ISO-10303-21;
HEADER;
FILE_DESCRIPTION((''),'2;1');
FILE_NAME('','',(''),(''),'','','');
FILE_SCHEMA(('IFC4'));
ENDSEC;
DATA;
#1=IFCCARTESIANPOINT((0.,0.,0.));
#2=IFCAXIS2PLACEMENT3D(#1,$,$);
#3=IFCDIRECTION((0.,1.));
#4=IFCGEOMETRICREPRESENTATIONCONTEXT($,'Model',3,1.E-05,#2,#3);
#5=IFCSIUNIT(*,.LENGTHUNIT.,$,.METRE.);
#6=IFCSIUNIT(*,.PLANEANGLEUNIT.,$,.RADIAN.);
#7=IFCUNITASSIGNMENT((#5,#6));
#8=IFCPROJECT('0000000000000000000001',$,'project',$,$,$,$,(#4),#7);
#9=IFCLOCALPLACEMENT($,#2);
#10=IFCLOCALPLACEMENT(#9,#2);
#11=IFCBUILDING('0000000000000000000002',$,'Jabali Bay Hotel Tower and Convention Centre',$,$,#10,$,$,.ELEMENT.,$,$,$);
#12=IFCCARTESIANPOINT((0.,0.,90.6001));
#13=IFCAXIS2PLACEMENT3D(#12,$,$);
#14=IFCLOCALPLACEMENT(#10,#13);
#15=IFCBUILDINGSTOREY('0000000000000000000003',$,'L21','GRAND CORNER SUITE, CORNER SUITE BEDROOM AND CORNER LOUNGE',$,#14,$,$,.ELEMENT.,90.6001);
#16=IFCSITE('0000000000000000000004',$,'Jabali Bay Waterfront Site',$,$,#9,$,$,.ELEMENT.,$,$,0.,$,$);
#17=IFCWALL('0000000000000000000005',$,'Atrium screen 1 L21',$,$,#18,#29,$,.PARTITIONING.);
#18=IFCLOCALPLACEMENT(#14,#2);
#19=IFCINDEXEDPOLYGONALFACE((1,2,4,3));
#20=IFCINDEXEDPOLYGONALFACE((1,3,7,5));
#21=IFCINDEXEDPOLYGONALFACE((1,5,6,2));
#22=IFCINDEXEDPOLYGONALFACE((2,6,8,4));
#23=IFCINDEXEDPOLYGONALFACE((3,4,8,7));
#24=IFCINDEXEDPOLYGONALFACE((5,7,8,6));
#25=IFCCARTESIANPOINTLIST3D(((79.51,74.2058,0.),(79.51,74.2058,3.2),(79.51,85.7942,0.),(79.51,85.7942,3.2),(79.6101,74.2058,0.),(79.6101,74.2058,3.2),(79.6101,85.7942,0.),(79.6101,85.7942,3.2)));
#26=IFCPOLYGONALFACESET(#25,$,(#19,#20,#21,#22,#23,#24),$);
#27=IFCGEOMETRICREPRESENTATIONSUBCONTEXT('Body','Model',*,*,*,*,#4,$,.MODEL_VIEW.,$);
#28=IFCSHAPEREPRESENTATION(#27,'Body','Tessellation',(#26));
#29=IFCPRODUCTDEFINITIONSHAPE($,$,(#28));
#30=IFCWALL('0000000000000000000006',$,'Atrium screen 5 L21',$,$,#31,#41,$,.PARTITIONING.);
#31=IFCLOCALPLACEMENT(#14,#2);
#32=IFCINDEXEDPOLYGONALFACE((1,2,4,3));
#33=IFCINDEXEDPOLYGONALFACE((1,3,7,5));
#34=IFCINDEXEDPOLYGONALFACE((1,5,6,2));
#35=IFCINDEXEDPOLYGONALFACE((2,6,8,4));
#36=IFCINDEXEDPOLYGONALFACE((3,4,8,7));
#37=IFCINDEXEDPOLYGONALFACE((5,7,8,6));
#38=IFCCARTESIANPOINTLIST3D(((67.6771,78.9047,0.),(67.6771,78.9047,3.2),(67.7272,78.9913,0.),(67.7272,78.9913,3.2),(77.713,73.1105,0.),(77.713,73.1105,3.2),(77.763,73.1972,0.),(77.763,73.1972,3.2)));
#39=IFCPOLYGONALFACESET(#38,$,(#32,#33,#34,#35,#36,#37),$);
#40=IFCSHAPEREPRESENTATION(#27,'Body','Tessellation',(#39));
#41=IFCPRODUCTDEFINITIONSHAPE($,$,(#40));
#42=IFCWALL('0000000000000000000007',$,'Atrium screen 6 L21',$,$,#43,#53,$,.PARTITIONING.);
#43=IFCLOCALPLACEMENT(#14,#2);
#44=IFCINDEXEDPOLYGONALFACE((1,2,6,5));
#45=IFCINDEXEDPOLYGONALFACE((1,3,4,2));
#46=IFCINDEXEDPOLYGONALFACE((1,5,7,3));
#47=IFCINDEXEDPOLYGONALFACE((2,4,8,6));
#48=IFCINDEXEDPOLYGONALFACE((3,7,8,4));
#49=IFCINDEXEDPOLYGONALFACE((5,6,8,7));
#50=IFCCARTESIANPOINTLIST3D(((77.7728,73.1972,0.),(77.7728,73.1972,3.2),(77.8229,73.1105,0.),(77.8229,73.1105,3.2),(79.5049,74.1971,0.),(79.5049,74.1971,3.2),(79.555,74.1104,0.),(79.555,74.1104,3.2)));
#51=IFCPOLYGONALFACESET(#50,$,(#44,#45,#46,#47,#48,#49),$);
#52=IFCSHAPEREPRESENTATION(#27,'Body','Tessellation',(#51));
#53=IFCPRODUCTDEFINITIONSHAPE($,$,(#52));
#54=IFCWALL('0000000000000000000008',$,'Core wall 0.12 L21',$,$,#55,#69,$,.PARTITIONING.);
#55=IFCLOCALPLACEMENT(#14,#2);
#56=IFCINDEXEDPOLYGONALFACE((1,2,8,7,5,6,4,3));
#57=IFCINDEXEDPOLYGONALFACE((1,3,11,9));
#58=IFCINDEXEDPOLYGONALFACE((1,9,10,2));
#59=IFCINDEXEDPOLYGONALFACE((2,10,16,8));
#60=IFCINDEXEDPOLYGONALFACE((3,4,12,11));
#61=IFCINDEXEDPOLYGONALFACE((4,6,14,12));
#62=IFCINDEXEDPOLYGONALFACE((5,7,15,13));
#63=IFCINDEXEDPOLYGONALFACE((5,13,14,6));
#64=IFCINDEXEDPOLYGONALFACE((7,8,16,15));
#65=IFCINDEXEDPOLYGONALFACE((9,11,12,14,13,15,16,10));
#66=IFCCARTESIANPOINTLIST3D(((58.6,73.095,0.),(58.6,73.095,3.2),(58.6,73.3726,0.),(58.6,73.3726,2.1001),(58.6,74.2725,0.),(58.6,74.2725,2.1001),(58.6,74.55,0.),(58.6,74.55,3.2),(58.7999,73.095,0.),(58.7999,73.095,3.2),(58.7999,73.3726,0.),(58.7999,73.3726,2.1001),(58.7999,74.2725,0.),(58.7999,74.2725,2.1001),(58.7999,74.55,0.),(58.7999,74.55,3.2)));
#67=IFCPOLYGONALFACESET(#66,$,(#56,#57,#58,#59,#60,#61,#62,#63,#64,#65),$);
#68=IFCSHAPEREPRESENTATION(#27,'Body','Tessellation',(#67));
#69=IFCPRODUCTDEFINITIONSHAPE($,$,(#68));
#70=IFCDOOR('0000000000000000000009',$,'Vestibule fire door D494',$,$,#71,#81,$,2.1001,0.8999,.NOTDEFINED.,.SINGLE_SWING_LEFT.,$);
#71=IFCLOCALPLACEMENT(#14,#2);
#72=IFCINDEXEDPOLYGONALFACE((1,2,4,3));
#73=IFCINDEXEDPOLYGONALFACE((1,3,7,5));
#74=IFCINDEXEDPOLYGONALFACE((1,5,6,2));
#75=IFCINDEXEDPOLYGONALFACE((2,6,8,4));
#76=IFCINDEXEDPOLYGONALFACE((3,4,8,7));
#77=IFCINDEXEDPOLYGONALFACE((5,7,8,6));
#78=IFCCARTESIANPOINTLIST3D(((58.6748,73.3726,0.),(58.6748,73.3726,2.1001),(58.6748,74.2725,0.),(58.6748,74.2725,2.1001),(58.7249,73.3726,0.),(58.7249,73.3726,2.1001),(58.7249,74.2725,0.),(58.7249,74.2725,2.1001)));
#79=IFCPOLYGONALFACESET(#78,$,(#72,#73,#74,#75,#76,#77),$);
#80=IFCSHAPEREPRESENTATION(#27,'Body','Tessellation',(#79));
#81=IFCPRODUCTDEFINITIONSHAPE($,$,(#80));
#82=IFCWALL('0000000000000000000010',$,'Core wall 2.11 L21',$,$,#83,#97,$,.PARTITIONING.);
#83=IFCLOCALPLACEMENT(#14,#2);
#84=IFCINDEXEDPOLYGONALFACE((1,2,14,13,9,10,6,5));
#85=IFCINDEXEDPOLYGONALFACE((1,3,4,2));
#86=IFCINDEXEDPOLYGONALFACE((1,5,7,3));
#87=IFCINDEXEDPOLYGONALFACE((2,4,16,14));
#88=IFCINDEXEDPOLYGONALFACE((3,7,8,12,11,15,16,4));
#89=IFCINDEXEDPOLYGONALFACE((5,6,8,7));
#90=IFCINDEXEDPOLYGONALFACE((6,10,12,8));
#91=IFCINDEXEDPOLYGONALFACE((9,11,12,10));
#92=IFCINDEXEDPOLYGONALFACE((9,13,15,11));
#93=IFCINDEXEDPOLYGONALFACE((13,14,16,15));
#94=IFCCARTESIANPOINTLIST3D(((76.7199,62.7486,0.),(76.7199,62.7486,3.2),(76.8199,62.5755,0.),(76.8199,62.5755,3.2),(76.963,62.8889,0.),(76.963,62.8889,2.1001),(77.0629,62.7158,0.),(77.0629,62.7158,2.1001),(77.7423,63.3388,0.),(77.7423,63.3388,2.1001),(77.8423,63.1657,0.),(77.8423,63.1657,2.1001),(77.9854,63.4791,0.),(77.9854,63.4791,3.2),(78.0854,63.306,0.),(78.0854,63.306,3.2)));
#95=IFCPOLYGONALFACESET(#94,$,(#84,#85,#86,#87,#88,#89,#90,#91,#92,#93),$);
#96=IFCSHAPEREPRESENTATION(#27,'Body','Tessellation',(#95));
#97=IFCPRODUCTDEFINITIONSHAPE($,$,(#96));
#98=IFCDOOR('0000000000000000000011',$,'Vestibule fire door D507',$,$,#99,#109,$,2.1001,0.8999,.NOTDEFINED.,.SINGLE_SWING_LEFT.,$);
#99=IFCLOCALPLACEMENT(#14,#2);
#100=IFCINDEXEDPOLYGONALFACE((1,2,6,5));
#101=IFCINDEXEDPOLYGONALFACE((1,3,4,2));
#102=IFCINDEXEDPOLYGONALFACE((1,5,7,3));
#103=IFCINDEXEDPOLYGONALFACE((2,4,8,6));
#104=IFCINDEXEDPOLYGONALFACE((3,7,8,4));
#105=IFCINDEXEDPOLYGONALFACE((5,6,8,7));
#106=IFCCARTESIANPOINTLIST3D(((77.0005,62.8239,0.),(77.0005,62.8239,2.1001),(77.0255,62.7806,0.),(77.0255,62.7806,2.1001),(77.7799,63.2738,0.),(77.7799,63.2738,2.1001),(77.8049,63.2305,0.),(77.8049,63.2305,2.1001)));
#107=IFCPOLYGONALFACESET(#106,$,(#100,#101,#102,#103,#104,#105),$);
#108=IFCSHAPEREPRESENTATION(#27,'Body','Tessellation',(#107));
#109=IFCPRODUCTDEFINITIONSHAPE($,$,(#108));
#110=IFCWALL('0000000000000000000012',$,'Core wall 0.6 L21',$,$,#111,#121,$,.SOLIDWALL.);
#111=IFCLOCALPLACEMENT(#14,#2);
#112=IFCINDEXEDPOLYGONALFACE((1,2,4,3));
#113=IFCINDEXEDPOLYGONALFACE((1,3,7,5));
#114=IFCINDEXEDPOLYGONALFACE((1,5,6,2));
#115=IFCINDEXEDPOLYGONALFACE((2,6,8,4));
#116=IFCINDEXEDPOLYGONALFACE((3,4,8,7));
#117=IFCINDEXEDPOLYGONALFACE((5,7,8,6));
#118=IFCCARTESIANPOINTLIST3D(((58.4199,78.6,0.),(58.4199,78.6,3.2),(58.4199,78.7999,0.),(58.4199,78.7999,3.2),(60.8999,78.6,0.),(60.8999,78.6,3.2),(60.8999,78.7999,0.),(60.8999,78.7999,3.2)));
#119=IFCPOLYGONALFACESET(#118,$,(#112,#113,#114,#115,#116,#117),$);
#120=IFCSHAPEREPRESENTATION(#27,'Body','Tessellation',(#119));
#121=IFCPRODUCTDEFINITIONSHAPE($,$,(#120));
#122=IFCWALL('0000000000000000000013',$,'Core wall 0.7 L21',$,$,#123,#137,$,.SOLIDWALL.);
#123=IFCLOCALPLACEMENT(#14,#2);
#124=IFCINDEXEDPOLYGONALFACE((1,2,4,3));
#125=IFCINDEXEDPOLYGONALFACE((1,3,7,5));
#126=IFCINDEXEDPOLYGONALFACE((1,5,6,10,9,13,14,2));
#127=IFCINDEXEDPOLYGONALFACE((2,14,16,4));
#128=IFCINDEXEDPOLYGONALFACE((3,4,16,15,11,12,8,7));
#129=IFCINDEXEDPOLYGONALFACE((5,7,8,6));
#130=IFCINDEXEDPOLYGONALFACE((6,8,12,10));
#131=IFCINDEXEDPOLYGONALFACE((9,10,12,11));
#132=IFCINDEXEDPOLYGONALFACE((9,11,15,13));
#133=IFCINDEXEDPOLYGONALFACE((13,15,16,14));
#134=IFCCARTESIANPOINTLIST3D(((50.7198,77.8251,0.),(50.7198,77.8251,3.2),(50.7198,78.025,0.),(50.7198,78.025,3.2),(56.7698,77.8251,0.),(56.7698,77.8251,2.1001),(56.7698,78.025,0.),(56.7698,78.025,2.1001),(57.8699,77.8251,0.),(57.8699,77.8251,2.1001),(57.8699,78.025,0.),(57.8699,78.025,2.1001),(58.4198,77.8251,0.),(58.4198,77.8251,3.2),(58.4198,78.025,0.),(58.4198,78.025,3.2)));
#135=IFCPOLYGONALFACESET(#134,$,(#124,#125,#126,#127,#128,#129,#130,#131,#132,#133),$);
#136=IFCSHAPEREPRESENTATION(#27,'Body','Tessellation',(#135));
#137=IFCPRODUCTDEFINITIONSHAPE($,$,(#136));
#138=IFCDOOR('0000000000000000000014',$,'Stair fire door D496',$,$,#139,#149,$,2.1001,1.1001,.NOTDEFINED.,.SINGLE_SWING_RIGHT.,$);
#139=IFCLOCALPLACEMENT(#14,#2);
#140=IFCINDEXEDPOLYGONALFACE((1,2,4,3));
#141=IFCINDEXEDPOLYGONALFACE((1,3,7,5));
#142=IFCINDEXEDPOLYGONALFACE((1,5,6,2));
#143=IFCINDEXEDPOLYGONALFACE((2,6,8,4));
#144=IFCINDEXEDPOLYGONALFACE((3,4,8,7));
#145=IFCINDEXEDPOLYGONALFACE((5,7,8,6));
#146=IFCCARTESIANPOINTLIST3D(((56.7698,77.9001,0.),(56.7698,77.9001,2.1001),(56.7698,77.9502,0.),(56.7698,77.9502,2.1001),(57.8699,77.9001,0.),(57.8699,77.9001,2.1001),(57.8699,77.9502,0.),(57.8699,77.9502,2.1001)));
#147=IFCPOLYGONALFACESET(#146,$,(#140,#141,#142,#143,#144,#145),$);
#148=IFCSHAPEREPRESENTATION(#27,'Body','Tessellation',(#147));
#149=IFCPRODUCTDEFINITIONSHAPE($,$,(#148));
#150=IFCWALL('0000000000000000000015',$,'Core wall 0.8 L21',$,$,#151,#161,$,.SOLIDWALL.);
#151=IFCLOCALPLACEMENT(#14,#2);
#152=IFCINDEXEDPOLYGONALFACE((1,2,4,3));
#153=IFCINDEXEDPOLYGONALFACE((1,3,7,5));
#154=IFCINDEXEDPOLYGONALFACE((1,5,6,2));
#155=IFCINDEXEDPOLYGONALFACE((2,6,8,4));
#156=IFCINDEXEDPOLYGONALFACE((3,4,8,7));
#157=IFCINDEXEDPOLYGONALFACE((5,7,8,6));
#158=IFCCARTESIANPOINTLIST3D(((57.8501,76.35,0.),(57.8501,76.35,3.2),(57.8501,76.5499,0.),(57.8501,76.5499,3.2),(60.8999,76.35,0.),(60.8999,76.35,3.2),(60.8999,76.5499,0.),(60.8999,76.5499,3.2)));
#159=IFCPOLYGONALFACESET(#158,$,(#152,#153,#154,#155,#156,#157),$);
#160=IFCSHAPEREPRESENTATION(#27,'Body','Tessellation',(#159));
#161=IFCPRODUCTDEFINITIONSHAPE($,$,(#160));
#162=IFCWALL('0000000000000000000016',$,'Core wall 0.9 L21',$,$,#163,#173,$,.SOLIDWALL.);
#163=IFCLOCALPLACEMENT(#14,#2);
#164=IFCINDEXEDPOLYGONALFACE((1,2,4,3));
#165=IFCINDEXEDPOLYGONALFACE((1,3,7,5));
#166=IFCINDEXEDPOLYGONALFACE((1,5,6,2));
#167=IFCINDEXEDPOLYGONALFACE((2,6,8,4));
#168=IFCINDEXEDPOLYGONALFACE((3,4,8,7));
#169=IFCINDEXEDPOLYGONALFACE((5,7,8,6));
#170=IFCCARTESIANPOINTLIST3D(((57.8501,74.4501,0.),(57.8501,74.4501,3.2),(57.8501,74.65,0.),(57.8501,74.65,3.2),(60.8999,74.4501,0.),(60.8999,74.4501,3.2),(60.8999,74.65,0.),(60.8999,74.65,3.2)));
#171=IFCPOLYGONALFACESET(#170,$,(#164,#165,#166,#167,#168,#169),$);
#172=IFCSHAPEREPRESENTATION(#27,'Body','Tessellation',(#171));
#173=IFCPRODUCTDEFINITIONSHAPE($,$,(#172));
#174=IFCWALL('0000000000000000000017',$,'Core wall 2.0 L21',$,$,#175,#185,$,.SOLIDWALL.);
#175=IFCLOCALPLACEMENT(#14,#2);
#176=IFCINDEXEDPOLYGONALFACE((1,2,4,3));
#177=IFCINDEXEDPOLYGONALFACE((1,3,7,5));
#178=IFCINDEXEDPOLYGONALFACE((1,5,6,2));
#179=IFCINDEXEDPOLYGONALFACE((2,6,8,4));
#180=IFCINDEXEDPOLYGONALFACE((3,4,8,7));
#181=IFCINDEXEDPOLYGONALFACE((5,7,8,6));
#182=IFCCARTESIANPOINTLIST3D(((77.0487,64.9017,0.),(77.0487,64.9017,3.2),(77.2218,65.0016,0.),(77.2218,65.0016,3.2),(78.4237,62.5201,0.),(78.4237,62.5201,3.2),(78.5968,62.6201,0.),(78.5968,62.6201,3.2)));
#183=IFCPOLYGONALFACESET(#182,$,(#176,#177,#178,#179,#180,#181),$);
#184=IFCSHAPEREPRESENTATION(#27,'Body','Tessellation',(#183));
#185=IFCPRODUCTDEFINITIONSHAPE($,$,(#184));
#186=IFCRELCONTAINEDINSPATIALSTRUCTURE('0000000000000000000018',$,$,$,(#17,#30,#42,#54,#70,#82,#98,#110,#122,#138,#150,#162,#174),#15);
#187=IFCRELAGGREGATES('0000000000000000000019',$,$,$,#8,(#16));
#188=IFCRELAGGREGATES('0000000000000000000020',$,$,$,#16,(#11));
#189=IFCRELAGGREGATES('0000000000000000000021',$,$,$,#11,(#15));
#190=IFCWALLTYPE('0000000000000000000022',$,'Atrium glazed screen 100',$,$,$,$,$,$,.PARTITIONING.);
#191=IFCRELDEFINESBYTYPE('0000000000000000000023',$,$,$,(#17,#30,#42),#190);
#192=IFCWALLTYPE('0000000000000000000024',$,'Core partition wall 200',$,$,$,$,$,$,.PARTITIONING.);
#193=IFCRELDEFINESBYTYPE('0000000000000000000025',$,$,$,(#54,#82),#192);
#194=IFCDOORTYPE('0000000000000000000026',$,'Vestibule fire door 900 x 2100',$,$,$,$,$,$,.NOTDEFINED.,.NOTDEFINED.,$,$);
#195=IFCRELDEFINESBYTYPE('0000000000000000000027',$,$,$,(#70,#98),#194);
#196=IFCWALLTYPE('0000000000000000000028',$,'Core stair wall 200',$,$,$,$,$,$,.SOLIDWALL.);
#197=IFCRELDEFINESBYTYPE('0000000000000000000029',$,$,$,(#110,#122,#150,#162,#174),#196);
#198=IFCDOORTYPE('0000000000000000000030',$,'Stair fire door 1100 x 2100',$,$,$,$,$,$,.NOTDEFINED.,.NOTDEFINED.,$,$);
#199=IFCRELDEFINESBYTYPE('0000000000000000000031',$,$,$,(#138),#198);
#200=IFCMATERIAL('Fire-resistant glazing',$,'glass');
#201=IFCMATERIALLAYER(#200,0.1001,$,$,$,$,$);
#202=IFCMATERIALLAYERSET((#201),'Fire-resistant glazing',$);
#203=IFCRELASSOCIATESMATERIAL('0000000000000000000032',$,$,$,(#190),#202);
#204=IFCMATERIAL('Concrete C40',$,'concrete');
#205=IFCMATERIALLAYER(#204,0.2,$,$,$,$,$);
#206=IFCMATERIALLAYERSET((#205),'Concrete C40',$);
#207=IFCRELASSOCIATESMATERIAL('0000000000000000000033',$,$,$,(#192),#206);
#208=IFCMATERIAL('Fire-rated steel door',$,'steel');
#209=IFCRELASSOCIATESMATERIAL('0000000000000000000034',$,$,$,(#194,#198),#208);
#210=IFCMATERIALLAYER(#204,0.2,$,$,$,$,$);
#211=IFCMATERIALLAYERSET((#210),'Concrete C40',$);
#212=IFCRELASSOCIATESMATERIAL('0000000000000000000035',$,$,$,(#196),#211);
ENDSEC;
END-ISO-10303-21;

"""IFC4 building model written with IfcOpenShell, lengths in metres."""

from ifc_helpers import new_model, si_unit, direction, frame, frame_2d, origin, place, context, subcontext, project, spatial, rectangle, extrude, material, layer, layer_set, type_object, element, fill, save


model = new_model("IFC4")

# Units and contexts
model_context = context("Model", 3, precision=1e-05, world=origin(), true_north=direction((0.0, 1.0)))
body_context = subcontext(model_context, "Body", "Model", "MODEL_VIEW")
ifc_project = project(units=[si_unit("LENGTHUNIT", "METRE"), si_unit("PLANEANGLEUNIT", "RADIAN")], contexts=[model_context])

# Site, building, storey
site_placement = place(None, origin())
site = spatial("IfcSite", under=ifc_project, at=site_placement, Name="Jabali Bay Waterfront Site", CompositionType="ELEMENT", RefElevation=0.0)
building_placement = place(site_placement, origin())
building = spatial("IfcBuilding", under=site, at=building_placement, Name="Jabali Bay Hotel Tower and Convention Centre", CompositionType="ELEMENT")
storey_placement = place(building_placement, frame((0.0, 0.0, 90.6001)))
storey = spatial("IfcBuildingStorey", under=building, at=storey_placement, Name="L21", Description="GRAND CORNER SUITE, CORNER SUITE BEDROOM AND CORNER LOUNGE", CompositionType="ELEMENT", Elevation=90.6001)

# Walls
ifc_material_1 = material(Name="Fire-resistant glazing", Category="glass")
ifc_layer_1 = layer(ifc_material_1, 0.1001)
ifc_layer_set_1 = layer_set([ifc_layer_1], Name="Fire-resistant glazing")
wall_type_1 = type_object("IfcWallType", Name="Atrium glazed screen 100", PredefinedType="PARTITIONING", material=ifc_layer_set_1)
for number, where, z_axis, x_axis, name in (
    (1, (79.5601, 74.2058, 0.0), (0.0, 0.0, 1.0), (0.0, 1.0, 0.0), "Atrium screen 1 L21"),
    (2, (67.7021, 78.948, 0.0), (0.0, 0.0, 1.0), (0.866027, -0.499998, 0.0), "Atrium screen 5 L21"),
):
    element("IfcWall", number, at=place(storey_placement, frame(where, z_axis=z_axis, x_axis=x_axis)), inside=storey, type_object=wall_type_1, Name=name, PredefinedType="PARTITIONING", context=body_context, shape_type="SweptSolid", body=[
        extrude(rectangle(XDim=11.5884, YDim=0.1001, at=frame_2d((5.7942, 0.0))), origin(), (0.0, 0.0, 1.0), 3.2),
    ])
wall_1_placement = place(storey_placement, frame((77.7979, 73.1538, 0.0), z_axis=(0.0, 0.0, 1.0), x_axis=(0.866041, 0.499973, 0.0)))
element("IfcWall", 3, at=wall_1_placement, inside=storey, type_object=wall_type_1, Name="Atrium screen 6 L21", PredefinedType="PARTITIONING", context=body_context, shape_type="SweptSolid", body=[
    extrude(rectangle(XDim=2.0, YDim=0.1001, at=frame_2d((1.0, 0.0))), origin(), (0.0, 0.0, 1.0), 3.2),
])

# Walls, openings, doors
ifc_material_2 = material(Name="Concrete C40", Category="concrete")
ifc_layer_2 = layer(ifc_material_2, 0.2)
ifc_layer_set_2 = layer_set([ifc_layer_2], Name="Concrete C40")
wall_type_2 = type_object("IfcWallType", Name="Core partition wall 200", PredefinedType="PARTITIONING", material=ifc_layer_set_2)
wall_2_placement = place(storey_placement, frame((58.7, 74.55, 0.0), z_axis=(0.0, 0.0, 1.0), x_axis=(0.0, -1.0, 0.0)))
wall_2 = element("IfcWall", 4, at=wall_2_placement, inside=storey, type_object=wall_type_2, Name="Core wall 0.12 L21", PredefinedType="PARTITIONING", context=body_context, shape_type="SweptSolid", body=[
    extrude(rectangle(XDim=1.4551, YDim=0.2, at=frame_2d((0.7275, 0.0))), origin(), (0.0, 0.0, 1.0), 3.2),
])
opening_1_placement = place(wall_2_placement, frame((0.2776, 0.0, 0.0)))
opening_1 = element("IfcOpeningElement", 5, at=opening_1_placement, cuts=wall_2, PredefinedType="OPENING", context=body_context, shape_type="SweptSolid", body=[
    extrude(rectangle(XDim=0.8999, YDim=2.1001, at=frame_2d((0.45, 1.05))), frame((0.0, 0.1104, 0.0), z_axis=(0.0, -1.0, 0.0), x_axis=(1.0, 0.0, 0.0)), (0.0, 0.0, 1.0), 0.2209),
])
ifc_material_3 = material(Name="Fire-rated steel door", Category="steel")
door_type_1 = type_object("IfcDoorType", Name="Vestibule fire door 900 x 2100", OperationType="NOTDEFINED", PredefinedType="NOTDEFINED", material=ifc_material_3)
door_1_placement = place(opening_1_placement, origin())
door_1 = element("IfcDoor", 6, at=door_1_placement, inside=storey, type_object=door_type_1, Name="Vestibule fire door D494", OperationType="SINGLE_SWING_LEFT", OverallHeight=2.1001, OverallWidth=0.8999, PredefinedType="NOTDEFINED", context=body_context, shape_type="SweptSolid", body=[
    extrude(rectangle(XDim=0.8999, YDim=2.1001, at=frame_2d((0.45, 1.05))), frame((0.0, 0.0249, 0.0), z_axis=(0.0, -1.0, 0.0), x_axis=(1.0, 0.0, 0.0)), (0.0, 0.0, 1.0), 0.05),
])
fill(opening_1, door_1)
wall_3_placement = place(storey_placement, frame((76.77, 62.6621, 0.0), z_axis=(0.0, 0.0, 1.0), x_axis=(0.866055, 0.499949, 0.0)))
wall_3 = element("IfcWall", 7, at=wall_3_placement, inside=storey, type_object=wall_type_2, Name="Core wall 2.11 L21", PredefinedType="PARTITIONING", context=body_context, shape_type="SweptSolid", body=[
    extrude(rectangle(XDim=1.4612, YDim=0.2, at=frame_2d((0.7305, 0.0))), origin(), (0.0, 0.0, 1.0), 3.2),
])
opening_2_placement = place(wall_3_placement, frame((0.2805, 0.0, 0.0)))
opening_2 = element("IfcOpeningElement", 8, at=opening_2_placement, cuts=wall_3, PredefinedType="OPENING", context=body_context, shape_type="SweptSolid", body=[
    extrude(rectangle(XDim=0.8999, YDim=2.1001, at=frame_2d((0.45, 1.05))), frame((0.0, 0.1104, 0.0), z_axis=(0.0, -1.0, 0.0), x_axis=(1.0, 0.0, 0.0)), (0.0, 0.0, 1.0), 0.2209),
])
door_2_placement = place(opening_2_placement, origin())
door_2 = element("IfcDoor", 9, at=door_2_placement, inside=storey, type_object=door_type_1, Name="Vestibule fire door D507", OperationType="SINGLE_SWING_LEFT", OverallHeight=2.1001, OverallWidth=0.8999, PredefinedType="NOTDEFINED", context=body_context, shape_type="SweptSolid", body=[
    extrude(rectangle(XDim=0.8999, YDim=2.1001, at=frame_2d((0.45, 1.05))), frame((0.0, 0.0249, 0.0), z_axis=(0.0, -1.0, 0.0), x_axis=(1.0, 0.0, 0.0)), (0.0, 0.0, 1.0), 0.05),
])
fill(opening_2, door_2)

# Wall
ifc_layer_3 = layer(ifc_material_2, 0.2)
ifc_layer_set_3 = layer_set([ifc_layer_3], Name="Concrete C40")
wall_type_3 = type_object("IfcWallType", Name="Core stair wall 200", PredefinedType="SOLIDWALL", material=ifc_layer_set_3)
wall_4_placement = place(storey_placement, frame((60.8999, 78.7, 0.0), z_axis=(0.0, 0.0, 1.0), x_axis=(-1.0, 0.0, 0.0)))
element("IfcWall", 10, at=wall_4_placement, inside=storey, type_object=wall_type_3, Name="Core wall 0.6 L21", PredefinedType="SOLIDWALL", context=body_context, shape_type="SweptSolid", body=[
    extrude(rectangle(XDim=2.48, YDim=0.2, at=frame_2d((1.24, 0.0))), origin(), (0.0, 0.0, 1.0), 3.2),
])

# Wall, opening, door
wall_5_placement = place(storey_placement, frame((58.4199, 77.925, 0.0), z_axis=(0.0, 0.0, 1.0), x_axis=(-1.0, 0.0, 0.0)))
wall_5 = element("IfcWall", 11, at=wall_5_placement, inside=storey, type_object=wall_type_3, Name="Core wall 0.7 L21", PredefinedType="SOLIDWALL", context=body_context, shape_type="SweptSolid", body=[
    extrude(rectangle(XDim=7.7, YDim=0.2, at=frame_2d((3.8501, 0.0))), origin(), (0.0, 0.0, 1.0), 3.2),
])
opening_3_placement = place(wall_5_placement, frame((0.55, 0.0, 0.0)))
opening_3 = element("IfcOpeningElement", 12, at=opening_3_placement, cuts=wall_5, PredefinedType="OPENING", context=body_context, shape_type="SweptSolid", body=[
    extrude(rectangle(XDim=1.1001, YDim=2.1001, at=frame_2d((0.55, 1.05))), frame((0.0, 0.1104, 0.0), z_axis=(0.0, -1.0, 0.0), x_axis=(1.0, 0.0, 0.0)), (0.0, 0.0, 1.0), 0.2209),
])
door_type_2 = type_object("IfcDoorType", Name="Stair fire door 1100 x 2100", OperationType="NOTDEFINED", PredefinedType="NOTDEFINED", material=ifc_material_3)
door_3_placement = place(opening_3_placement, origin())
door_3 = element("IfcDoor", 13, at=door_3_placement, inside=storey, type_object=door_type_2, Name="Stair fire door D496", OperationType="SINGLE_SWING_RIGHT", OverallHeight=2.1001, OverallWidth=1.1001, PredefinedType="NOTDEFINED", context=body_context, shape_type="SweptSolid", body=[
    extrude(rectangle(XDim=1.1001, YDim=2.1001, at=frame_2d((0.55, 1.05))), frame((0.0, 0.0249, 0.0), z_axis=(0.0, -1.0, 0.0), x_axis=(1.0, 0.0, 0.0)), (0.0, 0.0, 1.0), 0.05),
])
fill(opening_3, door_3)

# Walls
for number, where, z_axis, x_axis, name in (
    (14, (60.8999, 76.45, 0.0), (0.0, 0.0, 1.0), (-1.0, 0.0, 0.0), "Core wall 0.8 L21"),
    (15, (60.8999, 74.55, 0.0), (0.0, 0.0, 1.0), (-1.0, 0.0, 0.0), "Core wall 0.9 L21"),
):
    element("IfcWall", number, at=place(storey_placement, frame(where, z_axis=z_axis, x_axis=x_axis)), inside=storey, type_object=wall_type_3, Name=name, PredefinedType="SOLIDWALL", context=body_context, shape_type="SweptSolid", body=[
        extrude(rectangle(XDim=3.0498, YDim=0.2, at=frame_2d((1.5249, 0.0))), origin(), (0.0, 0.0, 1.0), 3.2),
    ])
for number, where, z_axis, x_axis, name in (
    (16, (77.1353, 64.9517, 0.0), (0.0, 0.0, 1.0), (0.499997, -0.866027, 0.0), "Core wall 2.0 L21"),
):
    element("IfcWall", number, at=place(storey_placement, frame(where, z_axis=z_axis, x_axis=x_axis)), inside=storey, type_object=wall_type_3, Name=name, PredefinedType="SOLIDWALL", context=body_context, shape_type="SweptSolid", body=[
        extrude(rectangle(XDim=2.75, YDim=0.2, at=frame_2d((1.375, 0.0))), origin(), (0.0, 0.0, 1.0), 3.2),
    ])

save(model, "model.ifc")
